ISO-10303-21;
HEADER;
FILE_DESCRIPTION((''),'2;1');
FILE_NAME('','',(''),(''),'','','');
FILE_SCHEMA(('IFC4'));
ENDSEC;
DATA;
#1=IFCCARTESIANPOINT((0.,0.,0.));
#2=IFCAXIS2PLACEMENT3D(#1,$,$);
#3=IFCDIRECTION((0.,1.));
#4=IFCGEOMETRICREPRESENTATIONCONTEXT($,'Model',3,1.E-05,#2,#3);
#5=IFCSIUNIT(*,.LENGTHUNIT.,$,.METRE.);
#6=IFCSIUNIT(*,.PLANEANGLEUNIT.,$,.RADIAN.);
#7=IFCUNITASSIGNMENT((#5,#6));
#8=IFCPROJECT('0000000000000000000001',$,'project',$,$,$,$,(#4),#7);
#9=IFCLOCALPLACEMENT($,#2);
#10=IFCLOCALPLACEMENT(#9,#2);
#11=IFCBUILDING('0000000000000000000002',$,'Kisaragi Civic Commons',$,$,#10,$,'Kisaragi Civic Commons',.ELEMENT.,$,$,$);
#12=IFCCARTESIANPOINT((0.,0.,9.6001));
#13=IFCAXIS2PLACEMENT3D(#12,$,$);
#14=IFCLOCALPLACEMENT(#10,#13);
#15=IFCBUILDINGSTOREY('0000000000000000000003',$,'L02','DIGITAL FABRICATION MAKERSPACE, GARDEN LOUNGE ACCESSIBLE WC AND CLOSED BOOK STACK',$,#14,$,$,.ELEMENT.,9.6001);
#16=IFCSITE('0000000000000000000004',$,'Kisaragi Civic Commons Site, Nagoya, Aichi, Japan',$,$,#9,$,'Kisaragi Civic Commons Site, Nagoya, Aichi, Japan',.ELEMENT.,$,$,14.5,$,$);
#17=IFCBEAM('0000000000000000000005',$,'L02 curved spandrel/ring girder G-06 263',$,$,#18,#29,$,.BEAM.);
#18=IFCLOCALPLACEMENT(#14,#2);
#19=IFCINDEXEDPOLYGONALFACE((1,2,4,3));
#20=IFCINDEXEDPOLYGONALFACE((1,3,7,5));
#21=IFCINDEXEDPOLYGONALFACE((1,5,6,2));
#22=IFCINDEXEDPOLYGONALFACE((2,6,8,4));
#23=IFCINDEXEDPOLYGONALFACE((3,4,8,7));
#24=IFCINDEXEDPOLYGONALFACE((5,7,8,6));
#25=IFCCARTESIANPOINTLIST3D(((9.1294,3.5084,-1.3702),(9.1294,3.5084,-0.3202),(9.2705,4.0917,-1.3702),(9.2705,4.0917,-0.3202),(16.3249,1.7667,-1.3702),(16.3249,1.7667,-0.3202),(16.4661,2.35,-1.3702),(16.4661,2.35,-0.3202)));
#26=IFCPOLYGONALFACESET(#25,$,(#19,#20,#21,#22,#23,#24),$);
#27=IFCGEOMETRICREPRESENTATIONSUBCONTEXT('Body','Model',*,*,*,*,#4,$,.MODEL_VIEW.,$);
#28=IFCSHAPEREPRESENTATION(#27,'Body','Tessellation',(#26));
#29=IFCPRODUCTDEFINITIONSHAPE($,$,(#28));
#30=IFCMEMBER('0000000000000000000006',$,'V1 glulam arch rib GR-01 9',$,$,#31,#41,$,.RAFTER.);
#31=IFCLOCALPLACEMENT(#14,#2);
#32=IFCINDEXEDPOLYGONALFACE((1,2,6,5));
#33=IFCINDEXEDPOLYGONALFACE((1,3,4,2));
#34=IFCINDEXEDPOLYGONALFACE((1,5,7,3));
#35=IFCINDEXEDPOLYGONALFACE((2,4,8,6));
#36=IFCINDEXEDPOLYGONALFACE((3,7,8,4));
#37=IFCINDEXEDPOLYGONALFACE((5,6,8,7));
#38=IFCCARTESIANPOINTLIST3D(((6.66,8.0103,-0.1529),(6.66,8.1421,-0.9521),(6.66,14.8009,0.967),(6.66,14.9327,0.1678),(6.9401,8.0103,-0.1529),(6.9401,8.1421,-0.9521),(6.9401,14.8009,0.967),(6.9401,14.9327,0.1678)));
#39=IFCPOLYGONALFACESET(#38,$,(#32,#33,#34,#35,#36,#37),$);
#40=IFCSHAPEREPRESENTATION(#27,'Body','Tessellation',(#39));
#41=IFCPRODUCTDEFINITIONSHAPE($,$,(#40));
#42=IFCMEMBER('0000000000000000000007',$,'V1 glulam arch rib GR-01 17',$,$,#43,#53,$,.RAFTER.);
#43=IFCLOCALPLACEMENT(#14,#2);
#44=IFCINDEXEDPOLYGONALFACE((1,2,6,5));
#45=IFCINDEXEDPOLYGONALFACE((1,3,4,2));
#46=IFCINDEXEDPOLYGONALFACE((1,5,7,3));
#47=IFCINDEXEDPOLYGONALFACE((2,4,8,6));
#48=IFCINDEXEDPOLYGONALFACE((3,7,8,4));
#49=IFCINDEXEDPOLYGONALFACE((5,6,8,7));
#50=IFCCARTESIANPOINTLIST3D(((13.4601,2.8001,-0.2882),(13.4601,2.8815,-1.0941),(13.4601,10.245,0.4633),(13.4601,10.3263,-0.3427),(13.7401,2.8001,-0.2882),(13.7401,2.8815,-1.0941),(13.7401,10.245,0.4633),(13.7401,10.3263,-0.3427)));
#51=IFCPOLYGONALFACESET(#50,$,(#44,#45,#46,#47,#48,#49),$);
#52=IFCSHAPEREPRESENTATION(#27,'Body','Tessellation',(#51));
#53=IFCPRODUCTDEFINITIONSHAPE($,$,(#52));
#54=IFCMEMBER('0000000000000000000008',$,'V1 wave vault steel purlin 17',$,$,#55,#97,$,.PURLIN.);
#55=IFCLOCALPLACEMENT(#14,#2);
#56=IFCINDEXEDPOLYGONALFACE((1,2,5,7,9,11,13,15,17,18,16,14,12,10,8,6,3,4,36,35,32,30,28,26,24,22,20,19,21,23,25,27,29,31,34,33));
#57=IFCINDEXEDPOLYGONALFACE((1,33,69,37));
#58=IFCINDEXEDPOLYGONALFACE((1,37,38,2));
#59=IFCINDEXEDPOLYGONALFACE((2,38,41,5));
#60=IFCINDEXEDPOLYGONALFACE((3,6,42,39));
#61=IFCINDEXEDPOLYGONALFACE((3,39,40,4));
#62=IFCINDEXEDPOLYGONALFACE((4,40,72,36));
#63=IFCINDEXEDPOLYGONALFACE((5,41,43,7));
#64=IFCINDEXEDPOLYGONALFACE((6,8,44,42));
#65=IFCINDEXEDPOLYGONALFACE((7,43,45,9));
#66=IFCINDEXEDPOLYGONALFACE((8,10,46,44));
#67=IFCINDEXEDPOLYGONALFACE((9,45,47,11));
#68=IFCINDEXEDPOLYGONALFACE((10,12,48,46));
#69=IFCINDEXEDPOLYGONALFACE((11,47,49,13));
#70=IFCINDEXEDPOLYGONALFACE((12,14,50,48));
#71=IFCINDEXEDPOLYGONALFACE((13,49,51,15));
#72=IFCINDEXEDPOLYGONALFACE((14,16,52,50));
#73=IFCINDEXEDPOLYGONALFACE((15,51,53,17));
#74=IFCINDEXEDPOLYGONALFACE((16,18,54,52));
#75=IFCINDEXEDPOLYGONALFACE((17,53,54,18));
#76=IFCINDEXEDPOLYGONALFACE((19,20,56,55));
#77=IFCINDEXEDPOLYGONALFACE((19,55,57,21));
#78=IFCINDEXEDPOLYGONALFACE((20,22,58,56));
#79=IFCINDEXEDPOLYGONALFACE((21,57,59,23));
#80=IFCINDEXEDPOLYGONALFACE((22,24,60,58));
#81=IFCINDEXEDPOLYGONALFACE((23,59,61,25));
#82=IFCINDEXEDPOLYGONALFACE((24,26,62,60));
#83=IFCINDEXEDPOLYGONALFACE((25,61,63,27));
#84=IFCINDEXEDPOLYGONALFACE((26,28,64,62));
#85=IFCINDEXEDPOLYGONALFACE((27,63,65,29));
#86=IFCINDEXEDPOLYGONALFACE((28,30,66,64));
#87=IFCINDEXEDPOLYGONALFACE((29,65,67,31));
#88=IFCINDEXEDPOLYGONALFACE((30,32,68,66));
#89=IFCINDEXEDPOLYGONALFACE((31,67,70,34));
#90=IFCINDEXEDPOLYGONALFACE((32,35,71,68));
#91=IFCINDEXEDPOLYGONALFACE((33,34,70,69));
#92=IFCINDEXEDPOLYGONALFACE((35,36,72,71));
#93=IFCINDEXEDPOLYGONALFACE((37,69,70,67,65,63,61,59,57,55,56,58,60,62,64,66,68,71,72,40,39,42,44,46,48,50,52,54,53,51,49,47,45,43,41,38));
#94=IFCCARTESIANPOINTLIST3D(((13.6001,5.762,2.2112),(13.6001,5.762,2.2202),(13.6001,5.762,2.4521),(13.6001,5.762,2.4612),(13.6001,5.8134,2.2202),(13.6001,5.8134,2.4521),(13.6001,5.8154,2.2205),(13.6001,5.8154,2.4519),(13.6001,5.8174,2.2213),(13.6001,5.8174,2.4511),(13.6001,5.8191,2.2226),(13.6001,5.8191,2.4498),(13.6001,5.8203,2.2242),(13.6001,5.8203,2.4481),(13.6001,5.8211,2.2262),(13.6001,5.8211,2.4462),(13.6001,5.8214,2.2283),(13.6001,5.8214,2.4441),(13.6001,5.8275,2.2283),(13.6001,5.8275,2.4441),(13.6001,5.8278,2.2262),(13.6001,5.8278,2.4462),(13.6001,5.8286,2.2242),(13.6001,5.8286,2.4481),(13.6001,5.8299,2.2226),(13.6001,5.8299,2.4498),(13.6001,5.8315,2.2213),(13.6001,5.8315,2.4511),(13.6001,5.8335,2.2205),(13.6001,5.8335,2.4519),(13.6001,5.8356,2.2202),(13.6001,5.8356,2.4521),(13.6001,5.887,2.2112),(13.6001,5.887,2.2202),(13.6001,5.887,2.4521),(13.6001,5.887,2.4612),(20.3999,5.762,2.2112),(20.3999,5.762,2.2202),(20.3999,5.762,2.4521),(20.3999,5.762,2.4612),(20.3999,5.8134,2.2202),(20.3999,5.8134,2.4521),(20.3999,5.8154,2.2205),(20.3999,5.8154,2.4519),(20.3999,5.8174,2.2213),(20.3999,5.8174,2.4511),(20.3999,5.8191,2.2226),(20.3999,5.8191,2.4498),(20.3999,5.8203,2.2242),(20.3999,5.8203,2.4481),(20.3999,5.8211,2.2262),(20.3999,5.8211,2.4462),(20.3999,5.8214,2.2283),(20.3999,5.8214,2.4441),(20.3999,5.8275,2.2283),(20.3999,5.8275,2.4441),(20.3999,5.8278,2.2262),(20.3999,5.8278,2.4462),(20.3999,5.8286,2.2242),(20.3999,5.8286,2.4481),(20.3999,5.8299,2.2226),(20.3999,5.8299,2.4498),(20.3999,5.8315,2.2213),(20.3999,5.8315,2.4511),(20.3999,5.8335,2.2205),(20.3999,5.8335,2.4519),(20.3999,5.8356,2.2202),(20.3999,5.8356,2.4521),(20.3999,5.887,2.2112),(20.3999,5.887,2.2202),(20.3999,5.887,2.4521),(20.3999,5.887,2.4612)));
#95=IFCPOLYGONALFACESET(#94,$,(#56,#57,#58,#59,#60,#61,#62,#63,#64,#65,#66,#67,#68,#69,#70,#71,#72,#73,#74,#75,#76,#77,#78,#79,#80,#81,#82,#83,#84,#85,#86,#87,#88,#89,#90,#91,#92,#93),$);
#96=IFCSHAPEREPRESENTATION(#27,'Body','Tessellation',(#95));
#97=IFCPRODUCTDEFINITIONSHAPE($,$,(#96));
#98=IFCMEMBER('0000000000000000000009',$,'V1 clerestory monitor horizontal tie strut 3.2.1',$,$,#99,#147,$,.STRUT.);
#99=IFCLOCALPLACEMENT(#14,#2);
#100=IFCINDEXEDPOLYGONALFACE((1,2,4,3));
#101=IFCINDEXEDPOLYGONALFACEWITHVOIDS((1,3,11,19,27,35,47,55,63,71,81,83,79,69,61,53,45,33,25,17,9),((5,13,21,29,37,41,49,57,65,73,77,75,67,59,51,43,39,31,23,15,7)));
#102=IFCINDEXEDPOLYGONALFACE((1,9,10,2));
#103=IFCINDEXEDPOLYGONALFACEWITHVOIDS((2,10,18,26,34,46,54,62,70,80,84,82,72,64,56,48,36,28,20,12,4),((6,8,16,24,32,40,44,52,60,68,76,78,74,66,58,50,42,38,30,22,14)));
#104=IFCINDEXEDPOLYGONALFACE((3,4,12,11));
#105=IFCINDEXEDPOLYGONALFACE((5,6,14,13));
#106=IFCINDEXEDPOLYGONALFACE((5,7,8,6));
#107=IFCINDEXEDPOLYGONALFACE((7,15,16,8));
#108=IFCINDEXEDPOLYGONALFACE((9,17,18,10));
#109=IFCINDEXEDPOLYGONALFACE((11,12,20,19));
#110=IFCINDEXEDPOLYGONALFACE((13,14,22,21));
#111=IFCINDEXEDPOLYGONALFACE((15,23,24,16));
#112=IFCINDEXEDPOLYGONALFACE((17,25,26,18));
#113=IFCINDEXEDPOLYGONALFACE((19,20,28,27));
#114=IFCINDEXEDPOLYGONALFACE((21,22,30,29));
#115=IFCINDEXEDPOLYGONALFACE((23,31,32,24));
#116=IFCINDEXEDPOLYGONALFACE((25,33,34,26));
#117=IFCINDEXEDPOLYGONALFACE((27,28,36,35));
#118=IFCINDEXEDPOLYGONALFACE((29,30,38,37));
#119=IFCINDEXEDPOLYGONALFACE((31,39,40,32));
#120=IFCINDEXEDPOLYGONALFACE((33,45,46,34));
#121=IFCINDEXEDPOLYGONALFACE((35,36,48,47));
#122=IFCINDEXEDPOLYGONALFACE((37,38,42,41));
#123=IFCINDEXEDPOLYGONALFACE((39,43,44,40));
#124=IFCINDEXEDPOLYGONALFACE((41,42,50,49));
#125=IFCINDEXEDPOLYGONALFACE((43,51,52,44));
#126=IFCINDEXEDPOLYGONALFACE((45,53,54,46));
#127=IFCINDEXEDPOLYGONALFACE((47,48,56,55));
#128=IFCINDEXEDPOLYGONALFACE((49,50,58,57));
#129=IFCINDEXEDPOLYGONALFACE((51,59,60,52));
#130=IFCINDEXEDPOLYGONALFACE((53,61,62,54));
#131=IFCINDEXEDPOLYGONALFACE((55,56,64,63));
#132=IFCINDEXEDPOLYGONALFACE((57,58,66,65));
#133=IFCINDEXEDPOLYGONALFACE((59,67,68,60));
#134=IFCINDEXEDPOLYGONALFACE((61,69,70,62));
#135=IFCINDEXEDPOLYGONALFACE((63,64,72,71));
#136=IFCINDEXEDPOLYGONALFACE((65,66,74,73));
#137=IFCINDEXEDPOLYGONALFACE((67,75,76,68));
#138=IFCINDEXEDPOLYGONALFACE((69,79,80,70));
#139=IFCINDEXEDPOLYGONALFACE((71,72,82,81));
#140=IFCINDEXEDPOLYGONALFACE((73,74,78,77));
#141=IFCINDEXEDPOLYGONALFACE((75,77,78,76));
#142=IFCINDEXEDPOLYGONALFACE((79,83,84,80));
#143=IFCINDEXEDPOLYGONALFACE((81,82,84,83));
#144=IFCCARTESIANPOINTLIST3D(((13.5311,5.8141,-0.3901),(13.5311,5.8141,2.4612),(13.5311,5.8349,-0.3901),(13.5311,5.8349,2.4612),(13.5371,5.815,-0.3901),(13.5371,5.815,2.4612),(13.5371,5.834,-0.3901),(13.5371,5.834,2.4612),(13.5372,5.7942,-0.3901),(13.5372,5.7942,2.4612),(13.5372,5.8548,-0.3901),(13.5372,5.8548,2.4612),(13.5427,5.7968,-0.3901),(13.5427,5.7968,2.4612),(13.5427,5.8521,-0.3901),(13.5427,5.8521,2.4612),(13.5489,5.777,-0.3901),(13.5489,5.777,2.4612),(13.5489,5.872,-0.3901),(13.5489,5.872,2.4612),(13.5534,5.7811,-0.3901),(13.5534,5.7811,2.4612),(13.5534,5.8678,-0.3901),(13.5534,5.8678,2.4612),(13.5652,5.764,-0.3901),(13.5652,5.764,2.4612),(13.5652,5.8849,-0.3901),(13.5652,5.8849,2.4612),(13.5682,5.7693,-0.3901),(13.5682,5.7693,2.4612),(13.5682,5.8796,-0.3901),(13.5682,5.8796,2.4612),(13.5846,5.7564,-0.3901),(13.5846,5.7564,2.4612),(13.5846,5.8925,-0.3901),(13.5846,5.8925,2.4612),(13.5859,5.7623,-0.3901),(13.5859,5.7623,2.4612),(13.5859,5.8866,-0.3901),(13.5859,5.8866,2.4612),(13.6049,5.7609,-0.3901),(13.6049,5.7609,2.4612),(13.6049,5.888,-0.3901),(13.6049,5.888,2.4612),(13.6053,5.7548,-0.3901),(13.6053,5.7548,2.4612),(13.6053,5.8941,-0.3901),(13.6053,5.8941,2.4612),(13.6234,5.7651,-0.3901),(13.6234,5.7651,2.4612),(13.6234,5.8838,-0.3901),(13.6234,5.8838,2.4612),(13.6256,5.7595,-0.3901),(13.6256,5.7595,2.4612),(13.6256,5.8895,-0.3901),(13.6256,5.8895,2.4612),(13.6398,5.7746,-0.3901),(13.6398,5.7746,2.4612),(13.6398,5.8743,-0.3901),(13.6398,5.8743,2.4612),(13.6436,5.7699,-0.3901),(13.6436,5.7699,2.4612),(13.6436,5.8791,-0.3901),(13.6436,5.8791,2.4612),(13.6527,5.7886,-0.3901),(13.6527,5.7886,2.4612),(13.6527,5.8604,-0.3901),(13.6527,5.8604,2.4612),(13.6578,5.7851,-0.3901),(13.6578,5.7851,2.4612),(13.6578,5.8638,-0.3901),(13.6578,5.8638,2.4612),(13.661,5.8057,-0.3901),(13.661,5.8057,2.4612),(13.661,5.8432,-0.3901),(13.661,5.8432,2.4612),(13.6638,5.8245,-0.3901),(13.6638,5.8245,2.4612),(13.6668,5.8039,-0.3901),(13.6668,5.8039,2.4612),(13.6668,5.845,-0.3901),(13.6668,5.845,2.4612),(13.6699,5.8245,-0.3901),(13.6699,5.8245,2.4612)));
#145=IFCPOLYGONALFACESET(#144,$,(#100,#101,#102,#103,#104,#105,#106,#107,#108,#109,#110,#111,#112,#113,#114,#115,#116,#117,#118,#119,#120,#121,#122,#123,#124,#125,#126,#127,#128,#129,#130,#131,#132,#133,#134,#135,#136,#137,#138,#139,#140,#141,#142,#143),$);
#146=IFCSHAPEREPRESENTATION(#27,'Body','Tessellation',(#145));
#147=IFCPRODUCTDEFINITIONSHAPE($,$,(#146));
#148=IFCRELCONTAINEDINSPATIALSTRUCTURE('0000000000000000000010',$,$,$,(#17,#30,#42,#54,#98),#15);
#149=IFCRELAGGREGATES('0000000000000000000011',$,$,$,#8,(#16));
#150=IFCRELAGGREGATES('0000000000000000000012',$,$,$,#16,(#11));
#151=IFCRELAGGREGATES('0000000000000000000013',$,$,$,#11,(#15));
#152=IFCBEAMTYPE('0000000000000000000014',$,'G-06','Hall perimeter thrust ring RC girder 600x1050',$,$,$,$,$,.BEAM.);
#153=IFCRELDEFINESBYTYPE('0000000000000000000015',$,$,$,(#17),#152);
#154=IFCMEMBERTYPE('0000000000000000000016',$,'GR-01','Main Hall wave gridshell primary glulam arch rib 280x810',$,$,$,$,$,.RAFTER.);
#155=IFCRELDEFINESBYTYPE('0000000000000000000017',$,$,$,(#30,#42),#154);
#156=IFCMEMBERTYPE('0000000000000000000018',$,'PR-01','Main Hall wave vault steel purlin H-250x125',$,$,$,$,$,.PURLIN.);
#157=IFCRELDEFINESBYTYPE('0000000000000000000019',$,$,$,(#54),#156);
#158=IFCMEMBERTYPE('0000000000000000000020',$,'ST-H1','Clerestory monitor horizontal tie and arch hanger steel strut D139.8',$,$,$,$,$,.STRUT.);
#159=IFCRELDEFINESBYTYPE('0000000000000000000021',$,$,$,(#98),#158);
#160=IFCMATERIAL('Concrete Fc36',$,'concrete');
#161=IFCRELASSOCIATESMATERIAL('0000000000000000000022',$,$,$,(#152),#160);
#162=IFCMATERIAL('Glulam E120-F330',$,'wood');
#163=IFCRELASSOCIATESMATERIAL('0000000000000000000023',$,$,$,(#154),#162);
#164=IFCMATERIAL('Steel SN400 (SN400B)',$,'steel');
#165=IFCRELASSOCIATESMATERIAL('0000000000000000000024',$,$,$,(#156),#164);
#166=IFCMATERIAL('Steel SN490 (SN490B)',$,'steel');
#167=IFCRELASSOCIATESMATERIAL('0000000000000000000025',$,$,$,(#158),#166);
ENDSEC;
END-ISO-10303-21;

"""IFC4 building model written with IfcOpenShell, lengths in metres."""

from ifc_helpers import new_model, si_unit, direction, frame, origin, origin_2d, place, context, subcontext, project, spatial, rectangle, hollow_circle, i_section, extrude, material, material_profile, profile_set, type_object, element, save


model = new_model("IFC4")

# Units and contexts
model_context = context("Model", 3, precision=1e-05, world=origin(), true_north=direction((0.0, 1.0)))
body_context = subcontext(model_context, "Body", "Model", "MODEL_VIEW")
ifc_project = project(units=[si_unit("LENGTHUNIT", "METRE"), si_unit("PLANEANGLEUNIT", "RADIAN")], contexts=[model_context])

# Site, building, storey
site_placement = place(None, origin())
site = spatial("IfcSite", under=ifc_project, at=site_placement, Name="Kisaragi Civic Commons Site, Nagoya, Aichi, Japan", LongName="Kisaragi Civic Commons Site, Nagoya, Aichi, Japan", CompositionType="ELEMENT", RefElevation=14.5)
building_placement = place(site_placement, origin())
building = spatial("IfcBuilding", under=site, at=building_placement, Name="Kisaragi Civic Commons", LongName="Kisaragi Civic Commons", CompositionType="ELEMENT")
storey_placement = place(building_placement, frame((0.0, 0.0, 9.6001)))
storey = spatial("IfcBuildingStorey", under=building, at=storey_placement, Name="L02", Description="DIGITAL FABRICATION MAKERSPACE, GARDEN LOUNGE ACCESSIBLE WC AND CLOSED BOOK STACK", CompositionType="ELEMENT", Elevation=9.6001)

# Beam
ifc_material_1 = material(Name="Concrete Fc36", Category="concrete")
ifc_material_profile_1 = material_profile(ifc_material_1, rectangle(XDim=0.6001, YDim=1.05, at=origin_2d()), Name="RC-600x1050", Category="concrete")
ifc_profile_set_1 = profile_set([ifc_material_profile_1], Name="Concrete Fc36")
beam_type = type_object("IfcBeamType", Name="G-06", Description="Hall perimeter thrust ring RC girder 600x1050", PredefinedType="BEAM", material=ifc_profile_set_1)
beam_placement = place(storey_placement, frame((9.2, 3.8, -0.8452), z_axis=(0.971933, -0.235258, 0.0), x_axis=(0.235258, 0.971933, 0.0)))
element("IfcBeam", 1, at=beam_placement, inside=storey, type_object=beam_type, Name="L02 curved spandrel/ring girder G-06 263", PredefinedType="BEAM", context=body_context, shape_type="SweptSolid", body=[
    extrude(rectangle(XDim=0.6001, YDim=1.05, at=origin_2d()), origin(), (0.0, 0.0, 1.0), 7.4033),
])

# Members
ifc_material_2 = material(Name="Glulam E120-F330", Category="wood")
ifc_material_profile_2 = material_profile(ifc_material_2, rectangle(XDim=0.28, YDim=0.8101, at=origin_2d()), Name="GL-280x810", Category="wood")
ifc_profile_set_2 = profile_set([ifc_material_profile_2], Name="Glulam E120-F330")
member_type_1 = type_object("IfcMemberType", Name="GR-01", Description="Main Hall wave gridshell primary glulam arch rib 280x810", PredefinedType="RAFTER", material=ifc_profile_set_2)
member_1_placement = place(storey_placement, frame((6.8, 8.0762, -0.5525), z_axis=(0.0, 0.986672, 0.162719), x_axis=(-1.0, 0.0, 0.0)))
element("IfcMember", 2, at=member_1_placement, inside=storey, type_object=member_type_1, Name="V1 glulam arch rib GR-01 9", PredefinedType="RAFTER", context=body_context, shape_type="SweptSolid", body=[
    extrude(rectangle(XDim=0.28, YDim=0.8101, at=origin_2d()), origin(), (0.0, 0.0, 1.0), 6.8823),
])
member_2_placement = place(storey_placement, frame((13.6001, 2.8408, -0.6912), z_axis=(0.0, 0.994944, 0.100428), x_axis=(-1.0, 0.0, 0.0)))
element("IfcMember", 3, at=member_2_placement, inside=storey, type_object=member_type_1, Name="V1 glulam arch rib GR-01 17", PredefinedType="RAFTER", context=body_context, shape_type="SweptSolid", body=[
    extrude(rectangle(XDim=0.28, YDim=0.8101, at=origin_2d()), origin(), (0.0, 0.0, 1.0), 7.4827),
])
ifc_material_3 = material(Name="Steel SN400 (SN400B)", Category="steel")
ifc_material_profile_3 = material_profile(ifc_material_3, i_section(OverallWidth=0.125, OverallDepth=0.25, WebThickness=0.0061, FlangeThickness=0.009, FilletRadius=0.0081, at=origin_2d()), Name="H-250x125x6x9", Category="steel")
ifc_profile_set_3 = profile_set([ifc_material_profile_3], Name="Steel SN400 (SN400B)")
member_type_2 = type_object("IfcMemberType", Name="PR-01", Description="Main Hall wave vault steel purlin H-250x125", PredefinedType="PURLIN", material=ifc_profile_set_3)
member_3_placement = place(storey_placement, frame((13.6001, 5.8245, 2.3362), z_axis=(1.0, 0.0, 0.0), x_axis=(0.0, 1.0, 0.0)))
element("IfcMember", 4, at=member_3_placement, inside=storey, type_object=member_type_2, Name="V1 wave vault steel purlin 17", PredefinedType="PURLIN", context=body_context, shape_type="SweptSolid", body=[
    extrude(i_section(OverallWidth=0.125, OverallDepth=0.25, WebThickness=0.0061, FlangeThickness=0.009, FilletRadius=0.0081, at=origin_2d()), origin(), (0.0, 0.0, 1.0), 6.7998),
])
ifc_material_4 = material(Name="Steel SN490 (SN490B)", Category="steel")
ifc_material_profile_4 = material_profile(ifc_material_4, hollow_circle(Radius=0.0698, WallThickness=0.0061, at=origin_2d()), Name="CHS-139.8x6.0", Category="steel")
ifc_profile_set_4 = profile_set([ifc_material_profile_4], Name="Steel SN490 (SN490B)")
member_type_3 = type_object("IfcMemberType", Name="ST-H1", Description="Clerestory monitor horizontal tie and arch hanger steel strut D139.8", PredefinedType="STRUT", material=ifc_profile_set_4)
member_4_placement = place(storey_placement, frame((13.6001, 5.8245, -0.3901), z_axis=(0.0, 0.0, 1.0), x_axis=(1.0, 0.0, 0.0)))
element("IfcMember", 5, at=member_4_placement, inside=storey, type_object=member_type_3, Name="V1 clerestory monitor horizontal tie strut 3.2.1", PredefinedType="STRUT", context=body_context, shape_type="SweptSolid", body=[
    extrude(hollow_circle(Radius=0.0698, WallThickness=0.0061, at=origin_2d()), origin(), (0.0, 0.0, 1.0), 2.8513),
])

save(model, "model.ifc")
